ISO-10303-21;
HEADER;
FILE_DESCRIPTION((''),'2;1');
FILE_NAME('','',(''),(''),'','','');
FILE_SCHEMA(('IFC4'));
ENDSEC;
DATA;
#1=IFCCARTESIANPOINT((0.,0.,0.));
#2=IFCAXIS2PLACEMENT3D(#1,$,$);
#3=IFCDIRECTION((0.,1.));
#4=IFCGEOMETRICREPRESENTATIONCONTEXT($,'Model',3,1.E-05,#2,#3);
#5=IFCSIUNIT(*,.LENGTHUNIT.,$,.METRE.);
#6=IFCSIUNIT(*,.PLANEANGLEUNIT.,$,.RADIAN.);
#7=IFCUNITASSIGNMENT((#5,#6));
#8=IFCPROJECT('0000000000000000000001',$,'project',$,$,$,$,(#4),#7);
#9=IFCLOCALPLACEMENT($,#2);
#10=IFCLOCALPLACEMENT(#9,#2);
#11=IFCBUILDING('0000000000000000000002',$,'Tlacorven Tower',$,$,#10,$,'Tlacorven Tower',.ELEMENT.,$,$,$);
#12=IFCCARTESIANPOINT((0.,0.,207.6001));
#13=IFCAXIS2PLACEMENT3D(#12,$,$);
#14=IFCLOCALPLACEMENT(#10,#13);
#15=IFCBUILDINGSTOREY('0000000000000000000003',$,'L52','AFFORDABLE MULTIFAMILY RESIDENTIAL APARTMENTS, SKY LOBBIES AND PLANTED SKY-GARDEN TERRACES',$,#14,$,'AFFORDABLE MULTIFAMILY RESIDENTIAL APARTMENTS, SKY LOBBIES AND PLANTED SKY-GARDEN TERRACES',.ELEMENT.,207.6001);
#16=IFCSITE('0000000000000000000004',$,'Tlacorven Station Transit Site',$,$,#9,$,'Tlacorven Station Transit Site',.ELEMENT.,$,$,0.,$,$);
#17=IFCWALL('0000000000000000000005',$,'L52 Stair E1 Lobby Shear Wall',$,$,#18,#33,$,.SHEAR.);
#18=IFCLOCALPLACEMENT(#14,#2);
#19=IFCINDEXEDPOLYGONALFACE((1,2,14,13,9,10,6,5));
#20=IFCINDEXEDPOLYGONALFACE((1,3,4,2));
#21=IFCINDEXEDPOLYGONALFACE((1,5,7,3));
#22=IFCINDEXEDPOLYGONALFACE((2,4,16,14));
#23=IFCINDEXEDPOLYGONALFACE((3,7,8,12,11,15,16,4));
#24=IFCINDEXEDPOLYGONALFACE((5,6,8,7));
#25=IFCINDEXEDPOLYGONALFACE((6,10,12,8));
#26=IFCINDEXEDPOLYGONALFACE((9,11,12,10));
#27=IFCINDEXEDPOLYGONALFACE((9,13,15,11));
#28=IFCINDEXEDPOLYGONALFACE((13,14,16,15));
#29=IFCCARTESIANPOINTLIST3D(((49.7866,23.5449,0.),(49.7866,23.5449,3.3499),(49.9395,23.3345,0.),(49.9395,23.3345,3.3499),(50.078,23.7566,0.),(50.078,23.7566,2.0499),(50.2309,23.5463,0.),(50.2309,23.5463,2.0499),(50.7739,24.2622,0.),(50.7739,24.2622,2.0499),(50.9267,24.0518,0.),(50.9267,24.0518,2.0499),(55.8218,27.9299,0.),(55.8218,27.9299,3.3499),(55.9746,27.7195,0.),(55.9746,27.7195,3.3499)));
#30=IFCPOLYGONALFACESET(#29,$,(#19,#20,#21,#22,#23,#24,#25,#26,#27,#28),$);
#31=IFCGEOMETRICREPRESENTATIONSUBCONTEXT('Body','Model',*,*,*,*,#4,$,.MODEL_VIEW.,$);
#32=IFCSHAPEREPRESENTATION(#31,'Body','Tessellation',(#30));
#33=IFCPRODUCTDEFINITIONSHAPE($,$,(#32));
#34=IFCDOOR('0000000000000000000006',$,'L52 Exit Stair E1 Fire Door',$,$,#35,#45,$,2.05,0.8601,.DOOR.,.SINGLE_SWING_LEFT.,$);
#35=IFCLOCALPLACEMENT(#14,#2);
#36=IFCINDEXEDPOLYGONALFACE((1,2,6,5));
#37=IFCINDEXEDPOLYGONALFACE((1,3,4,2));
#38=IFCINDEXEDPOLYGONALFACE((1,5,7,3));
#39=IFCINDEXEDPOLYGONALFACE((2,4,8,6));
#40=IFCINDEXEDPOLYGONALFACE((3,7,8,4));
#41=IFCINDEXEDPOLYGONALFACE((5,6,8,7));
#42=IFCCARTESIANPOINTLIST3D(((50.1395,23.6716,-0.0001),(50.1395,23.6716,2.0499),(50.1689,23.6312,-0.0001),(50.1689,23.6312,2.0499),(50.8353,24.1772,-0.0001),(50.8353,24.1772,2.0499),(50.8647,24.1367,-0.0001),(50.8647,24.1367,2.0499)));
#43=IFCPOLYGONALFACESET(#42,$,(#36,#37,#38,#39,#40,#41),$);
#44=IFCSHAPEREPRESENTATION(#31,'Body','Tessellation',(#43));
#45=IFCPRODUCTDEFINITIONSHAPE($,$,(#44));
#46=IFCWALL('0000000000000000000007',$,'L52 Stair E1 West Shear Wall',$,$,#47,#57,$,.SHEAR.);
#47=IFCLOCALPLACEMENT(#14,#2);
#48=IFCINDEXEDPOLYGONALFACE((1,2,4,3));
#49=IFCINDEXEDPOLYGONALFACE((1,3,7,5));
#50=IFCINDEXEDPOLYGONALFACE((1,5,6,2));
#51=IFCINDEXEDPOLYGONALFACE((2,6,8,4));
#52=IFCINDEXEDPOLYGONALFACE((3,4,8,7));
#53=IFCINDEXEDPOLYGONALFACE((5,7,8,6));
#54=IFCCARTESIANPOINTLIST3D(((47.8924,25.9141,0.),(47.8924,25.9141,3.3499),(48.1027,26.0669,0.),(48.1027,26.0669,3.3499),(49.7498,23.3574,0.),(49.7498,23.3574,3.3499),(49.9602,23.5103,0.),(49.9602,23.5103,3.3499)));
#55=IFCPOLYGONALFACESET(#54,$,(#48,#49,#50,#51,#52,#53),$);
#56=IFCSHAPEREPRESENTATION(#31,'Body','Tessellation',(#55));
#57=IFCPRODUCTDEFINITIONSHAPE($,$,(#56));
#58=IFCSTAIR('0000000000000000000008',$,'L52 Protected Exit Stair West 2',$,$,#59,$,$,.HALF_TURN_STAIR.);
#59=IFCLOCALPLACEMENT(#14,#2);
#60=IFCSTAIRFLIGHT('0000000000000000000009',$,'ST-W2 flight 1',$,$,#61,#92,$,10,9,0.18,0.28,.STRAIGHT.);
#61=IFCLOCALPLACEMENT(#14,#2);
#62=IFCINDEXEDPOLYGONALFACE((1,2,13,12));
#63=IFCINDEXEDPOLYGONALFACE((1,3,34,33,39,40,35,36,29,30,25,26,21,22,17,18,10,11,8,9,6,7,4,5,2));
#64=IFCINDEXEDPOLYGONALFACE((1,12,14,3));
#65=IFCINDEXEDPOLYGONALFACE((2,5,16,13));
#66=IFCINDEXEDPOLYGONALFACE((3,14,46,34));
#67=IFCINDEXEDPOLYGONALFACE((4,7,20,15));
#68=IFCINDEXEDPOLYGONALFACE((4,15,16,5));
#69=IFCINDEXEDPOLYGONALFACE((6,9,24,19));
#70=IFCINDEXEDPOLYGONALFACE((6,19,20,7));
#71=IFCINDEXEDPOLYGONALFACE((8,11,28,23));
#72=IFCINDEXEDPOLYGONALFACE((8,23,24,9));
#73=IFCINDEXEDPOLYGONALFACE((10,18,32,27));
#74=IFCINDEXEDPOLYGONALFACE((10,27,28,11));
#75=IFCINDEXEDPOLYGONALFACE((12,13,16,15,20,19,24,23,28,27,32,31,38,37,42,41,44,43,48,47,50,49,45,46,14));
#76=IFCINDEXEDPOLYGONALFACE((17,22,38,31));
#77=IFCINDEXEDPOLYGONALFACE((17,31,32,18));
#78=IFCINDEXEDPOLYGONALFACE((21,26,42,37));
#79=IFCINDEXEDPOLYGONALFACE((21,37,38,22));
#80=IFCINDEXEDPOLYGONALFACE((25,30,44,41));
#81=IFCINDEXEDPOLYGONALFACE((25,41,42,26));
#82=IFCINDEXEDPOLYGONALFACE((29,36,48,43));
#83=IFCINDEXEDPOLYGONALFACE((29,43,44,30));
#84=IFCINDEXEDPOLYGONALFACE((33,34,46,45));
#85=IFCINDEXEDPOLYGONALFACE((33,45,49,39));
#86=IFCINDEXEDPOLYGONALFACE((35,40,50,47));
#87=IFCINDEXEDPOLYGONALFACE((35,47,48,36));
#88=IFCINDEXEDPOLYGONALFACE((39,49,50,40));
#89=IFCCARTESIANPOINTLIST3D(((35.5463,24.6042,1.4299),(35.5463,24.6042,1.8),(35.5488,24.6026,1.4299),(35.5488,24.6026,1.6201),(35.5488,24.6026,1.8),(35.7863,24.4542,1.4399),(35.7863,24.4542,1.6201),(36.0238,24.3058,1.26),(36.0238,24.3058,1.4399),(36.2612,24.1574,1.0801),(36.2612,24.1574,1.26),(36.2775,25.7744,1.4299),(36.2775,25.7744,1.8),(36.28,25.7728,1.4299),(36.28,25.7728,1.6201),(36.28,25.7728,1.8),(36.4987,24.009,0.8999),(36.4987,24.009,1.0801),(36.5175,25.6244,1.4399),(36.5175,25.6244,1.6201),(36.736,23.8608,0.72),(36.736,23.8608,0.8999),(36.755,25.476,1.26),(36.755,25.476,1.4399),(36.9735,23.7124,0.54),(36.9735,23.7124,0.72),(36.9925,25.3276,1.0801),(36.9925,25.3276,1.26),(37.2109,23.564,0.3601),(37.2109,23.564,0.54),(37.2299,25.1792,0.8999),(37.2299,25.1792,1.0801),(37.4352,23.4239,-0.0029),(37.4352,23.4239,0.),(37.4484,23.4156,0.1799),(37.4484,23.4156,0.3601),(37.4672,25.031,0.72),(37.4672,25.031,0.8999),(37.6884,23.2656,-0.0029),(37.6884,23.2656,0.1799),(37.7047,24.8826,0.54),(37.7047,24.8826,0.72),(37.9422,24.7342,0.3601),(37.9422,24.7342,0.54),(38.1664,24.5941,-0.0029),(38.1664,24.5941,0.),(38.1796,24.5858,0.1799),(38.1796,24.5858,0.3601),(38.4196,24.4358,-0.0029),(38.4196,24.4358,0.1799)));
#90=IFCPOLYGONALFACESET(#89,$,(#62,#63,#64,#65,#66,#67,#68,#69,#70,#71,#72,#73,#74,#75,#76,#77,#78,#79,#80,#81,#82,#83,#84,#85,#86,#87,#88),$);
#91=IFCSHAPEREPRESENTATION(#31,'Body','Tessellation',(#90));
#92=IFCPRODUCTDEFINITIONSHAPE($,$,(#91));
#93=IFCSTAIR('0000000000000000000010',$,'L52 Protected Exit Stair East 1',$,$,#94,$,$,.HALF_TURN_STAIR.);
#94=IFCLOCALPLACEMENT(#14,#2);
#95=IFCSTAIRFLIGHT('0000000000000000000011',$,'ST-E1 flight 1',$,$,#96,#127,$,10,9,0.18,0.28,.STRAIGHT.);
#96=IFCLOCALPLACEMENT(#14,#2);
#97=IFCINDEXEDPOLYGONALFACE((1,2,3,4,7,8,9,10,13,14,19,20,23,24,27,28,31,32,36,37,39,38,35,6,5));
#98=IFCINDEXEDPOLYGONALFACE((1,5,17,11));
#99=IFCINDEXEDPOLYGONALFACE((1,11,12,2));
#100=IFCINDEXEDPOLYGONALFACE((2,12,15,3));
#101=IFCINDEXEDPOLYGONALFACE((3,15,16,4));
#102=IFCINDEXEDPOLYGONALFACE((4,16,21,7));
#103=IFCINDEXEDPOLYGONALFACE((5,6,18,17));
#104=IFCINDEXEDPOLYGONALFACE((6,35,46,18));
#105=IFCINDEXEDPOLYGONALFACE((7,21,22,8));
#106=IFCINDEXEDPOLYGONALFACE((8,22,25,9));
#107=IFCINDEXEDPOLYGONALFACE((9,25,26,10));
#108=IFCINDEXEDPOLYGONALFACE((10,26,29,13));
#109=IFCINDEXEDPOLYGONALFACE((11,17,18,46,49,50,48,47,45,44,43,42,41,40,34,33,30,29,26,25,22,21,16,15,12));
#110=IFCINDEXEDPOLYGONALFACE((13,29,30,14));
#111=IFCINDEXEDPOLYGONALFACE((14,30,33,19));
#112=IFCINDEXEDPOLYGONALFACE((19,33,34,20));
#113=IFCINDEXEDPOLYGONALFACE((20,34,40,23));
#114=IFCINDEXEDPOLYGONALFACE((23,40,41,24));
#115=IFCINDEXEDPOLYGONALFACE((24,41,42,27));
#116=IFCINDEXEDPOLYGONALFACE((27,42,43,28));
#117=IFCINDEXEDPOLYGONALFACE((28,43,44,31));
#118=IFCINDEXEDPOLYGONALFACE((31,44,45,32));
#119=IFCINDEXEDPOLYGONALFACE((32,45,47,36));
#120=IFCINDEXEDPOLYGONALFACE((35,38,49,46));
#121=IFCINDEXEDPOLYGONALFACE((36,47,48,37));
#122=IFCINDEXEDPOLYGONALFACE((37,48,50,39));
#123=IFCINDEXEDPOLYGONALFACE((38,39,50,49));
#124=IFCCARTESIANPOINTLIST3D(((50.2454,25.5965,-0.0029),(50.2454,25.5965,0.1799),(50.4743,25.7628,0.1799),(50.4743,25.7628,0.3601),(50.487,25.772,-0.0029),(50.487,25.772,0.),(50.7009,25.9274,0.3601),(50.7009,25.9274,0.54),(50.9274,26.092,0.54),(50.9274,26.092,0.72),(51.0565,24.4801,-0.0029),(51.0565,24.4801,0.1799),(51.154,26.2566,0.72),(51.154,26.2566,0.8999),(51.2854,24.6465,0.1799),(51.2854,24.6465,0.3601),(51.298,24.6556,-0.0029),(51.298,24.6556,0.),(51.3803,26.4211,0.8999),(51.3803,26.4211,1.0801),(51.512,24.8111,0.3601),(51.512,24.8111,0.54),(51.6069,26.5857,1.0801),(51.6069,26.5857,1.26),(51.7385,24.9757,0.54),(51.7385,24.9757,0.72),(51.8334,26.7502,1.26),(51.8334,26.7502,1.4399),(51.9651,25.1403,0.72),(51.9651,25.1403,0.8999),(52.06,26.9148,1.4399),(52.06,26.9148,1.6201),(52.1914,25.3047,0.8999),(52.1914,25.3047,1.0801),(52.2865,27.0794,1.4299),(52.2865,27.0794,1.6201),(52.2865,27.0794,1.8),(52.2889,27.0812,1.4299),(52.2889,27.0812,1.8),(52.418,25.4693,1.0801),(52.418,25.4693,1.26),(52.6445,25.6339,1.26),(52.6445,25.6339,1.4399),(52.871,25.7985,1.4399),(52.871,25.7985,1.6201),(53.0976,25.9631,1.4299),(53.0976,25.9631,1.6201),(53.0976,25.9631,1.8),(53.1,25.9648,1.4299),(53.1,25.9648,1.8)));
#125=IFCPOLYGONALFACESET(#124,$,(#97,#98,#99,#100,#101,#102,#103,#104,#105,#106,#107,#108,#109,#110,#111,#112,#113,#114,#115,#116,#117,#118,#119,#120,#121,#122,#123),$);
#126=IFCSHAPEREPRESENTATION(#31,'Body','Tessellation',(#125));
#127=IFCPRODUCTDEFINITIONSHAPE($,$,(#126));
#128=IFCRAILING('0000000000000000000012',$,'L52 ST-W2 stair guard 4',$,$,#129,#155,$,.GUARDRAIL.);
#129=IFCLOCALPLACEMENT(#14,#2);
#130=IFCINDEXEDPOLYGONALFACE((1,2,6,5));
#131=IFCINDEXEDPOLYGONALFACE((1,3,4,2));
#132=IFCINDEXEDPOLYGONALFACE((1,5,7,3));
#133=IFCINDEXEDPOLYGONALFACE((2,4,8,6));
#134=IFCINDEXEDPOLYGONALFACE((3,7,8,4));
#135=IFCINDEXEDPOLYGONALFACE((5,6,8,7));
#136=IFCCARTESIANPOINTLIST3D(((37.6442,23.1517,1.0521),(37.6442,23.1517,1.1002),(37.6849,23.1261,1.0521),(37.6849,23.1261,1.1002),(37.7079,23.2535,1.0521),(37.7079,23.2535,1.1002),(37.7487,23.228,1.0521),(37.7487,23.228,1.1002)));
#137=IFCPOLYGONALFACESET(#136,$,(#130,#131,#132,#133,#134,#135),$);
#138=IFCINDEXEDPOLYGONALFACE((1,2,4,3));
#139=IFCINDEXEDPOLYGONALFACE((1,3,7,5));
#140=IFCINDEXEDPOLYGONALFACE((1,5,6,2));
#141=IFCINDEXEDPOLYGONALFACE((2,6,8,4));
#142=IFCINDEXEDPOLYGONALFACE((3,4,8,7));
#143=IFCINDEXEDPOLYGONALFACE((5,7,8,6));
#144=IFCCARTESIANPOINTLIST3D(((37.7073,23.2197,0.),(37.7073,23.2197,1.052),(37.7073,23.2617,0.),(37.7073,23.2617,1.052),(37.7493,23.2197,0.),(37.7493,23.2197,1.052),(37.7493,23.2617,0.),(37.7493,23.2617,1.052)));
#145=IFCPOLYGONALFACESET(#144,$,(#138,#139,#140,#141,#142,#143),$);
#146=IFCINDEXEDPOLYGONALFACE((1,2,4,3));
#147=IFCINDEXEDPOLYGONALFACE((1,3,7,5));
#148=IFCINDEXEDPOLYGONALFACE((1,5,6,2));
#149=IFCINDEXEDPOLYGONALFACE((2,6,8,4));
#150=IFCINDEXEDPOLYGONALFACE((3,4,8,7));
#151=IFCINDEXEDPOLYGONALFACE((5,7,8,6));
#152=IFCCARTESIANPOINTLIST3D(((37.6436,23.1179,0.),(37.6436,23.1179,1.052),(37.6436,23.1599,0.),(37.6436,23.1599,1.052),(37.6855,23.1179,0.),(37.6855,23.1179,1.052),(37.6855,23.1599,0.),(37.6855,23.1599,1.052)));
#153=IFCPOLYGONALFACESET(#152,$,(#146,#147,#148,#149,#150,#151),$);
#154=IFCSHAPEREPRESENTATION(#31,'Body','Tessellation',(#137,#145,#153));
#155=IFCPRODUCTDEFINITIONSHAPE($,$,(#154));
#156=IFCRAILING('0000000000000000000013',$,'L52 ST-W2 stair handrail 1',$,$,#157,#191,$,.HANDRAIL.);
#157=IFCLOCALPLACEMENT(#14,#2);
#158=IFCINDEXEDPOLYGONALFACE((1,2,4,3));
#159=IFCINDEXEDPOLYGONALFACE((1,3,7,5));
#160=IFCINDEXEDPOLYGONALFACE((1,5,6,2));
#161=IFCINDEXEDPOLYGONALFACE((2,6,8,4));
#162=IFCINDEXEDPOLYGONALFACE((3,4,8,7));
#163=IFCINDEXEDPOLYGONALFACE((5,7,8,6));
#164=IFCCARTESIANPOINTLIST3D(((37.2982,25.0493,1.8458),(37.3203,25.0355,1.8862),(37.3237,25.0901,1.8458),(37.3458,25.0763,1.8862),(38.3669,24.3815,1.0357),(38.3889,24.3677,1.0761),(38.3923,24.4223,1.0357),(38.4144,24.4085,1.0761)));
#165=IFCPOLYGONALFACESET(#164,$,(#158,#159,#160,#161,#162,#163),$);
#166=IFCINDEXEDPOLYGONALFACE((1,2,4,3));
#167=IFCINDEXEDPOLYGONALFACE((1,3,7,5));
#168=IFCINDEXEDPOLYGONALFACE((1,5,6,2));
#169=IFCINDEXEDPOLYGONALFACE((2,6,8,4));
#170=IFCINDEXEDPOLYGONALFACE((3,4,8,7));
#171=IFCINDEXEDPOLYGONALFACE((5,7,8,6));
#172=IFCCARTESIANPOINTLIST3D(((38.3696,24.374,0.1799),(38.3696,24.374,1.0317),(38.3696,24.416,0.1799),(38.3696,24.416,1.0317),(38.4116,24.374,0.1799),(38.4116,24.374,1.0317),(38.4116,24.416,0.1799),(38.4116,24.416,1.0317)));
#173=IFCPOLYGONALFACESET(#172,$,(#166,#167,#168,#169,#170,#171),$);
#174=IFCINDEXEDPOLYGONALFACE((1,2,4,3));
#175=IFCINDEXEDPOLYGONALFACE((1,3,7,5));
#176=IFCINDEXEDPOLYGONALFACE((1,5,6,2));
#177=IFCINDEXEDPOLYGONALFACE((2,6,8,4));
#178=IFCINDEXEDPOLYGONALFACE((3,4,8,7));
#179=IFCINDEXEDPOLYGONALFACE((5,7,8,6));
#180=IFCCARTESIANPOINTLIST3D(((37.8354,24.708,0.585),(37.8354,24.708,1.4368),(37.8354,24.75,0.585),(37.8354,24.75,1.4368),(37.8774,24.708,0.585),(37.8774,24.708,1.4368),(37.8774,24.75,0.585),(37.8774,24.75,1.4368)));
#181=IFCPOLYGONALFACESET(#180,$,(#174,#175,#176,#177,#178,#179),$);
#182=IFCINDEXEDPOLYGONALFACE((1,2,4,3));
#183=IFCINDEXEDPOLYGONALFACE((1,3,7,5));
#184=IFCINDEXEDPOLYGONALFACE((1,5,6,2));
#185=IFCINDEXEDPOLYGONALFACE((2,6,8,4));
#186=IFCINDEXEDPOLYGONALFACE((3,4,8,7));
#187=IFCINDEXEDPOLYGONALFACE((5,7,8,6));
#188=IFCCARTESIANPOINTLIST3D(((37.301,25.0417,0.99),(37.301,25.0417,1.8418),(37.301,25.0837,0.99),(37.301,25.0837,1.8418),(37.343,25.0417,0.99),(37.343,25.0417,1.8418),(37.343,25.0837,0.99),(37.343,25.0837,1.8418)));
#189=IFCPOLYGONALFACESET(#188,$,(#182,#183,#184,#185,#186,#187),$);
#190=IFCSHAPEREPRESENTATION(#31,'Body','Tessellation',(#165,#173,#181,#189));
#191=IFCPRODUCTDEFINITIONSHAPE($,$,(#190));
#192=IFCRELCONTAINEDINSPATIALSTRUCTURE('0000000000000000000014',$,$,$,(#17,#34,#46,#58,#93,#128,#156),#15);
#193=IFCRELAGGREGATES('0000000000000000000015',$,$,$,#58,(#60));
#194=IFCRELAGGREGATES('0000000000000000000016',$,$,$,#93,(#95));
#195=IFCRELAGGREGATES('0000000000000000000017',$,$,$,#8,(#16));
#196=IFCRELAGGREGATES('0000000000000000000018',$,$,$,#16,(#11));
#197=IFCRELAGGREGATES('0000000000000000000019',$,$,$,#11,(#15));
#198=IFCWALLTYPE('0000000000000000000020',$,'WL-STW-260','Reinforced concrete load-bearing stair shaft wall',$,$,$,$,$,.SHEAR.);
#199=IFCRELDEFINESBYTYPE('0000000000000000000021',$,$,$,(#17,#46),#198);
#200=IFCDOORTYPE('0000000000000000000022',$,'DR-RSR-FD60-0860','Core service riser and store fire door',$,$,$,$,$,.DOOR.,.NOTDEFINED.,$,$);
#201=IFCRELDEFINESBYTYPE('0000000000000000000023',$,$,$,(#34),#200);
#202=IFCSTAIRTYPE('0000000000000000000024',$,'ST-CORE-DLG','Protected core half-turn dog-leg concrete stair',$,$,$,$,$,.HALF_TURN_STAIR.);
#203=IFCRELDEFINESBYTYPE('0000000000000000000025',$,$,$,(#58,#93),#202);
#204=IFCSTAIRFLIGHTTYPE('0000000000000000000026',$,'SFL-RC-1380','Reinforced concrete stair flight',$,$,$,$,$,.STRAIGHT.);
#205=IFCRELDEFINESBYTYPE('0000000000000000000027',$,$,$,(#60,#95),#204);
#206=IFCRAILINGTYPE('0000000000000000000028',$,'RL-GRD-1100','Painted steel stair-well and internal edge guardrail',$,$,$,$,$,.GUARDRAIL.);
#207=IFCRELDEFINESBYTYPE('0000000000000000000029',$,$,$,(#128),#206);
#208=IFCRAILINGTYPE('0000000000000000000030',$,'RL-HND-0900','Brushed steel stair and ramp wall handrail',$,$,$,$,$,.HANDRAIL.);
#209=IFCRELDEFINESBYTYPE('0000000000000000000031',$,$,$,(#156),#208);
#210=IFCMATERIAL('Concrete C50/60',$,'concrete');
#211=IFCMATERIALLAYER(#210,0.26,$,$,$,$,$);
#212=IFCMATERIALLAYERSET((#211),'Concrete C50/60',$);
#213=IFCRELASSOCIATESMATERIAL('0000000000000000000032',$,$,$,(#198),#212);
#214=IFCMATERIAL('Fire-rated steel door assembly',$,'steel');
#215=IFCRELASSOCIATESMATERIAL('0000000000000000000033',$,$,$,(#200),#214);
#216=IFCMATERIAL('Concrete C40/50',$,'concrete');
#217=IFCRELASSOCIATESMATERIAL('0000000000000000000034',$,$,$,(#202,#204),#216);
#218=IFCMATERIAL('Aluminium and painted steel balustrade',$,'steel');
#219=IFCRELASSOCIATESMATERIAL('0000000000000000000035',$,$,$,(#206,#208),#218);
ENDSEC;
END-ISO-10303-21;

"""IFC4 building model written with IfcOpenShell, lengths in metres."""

from ifc_helpers import new_model, si_unit, direction, frame, frame_2d, origin, origin_2d, place, context, subcontext, project, spatial, polyline, rectangle, outline, extrude, source, transform, mapped, material, layer, layer_set, type_object, element, fill, aggregate, save


model = new_model("IFC4")

# Units and contexts
model_context = context("Model", 3, precision=1e-05, world=origin(), true_north=direction((0.0, 1.0)))
body_context = subcontext(model_context, "Body", "Model", "MODEL_VIEW")
ifc_project = project(units=[si_unit("LENGTHUNIT", "METRE"), si_unit("PLANEANGLEUNIT", "RADIAN")], contexts=[model_context])

# Site, building, storey
site_placement = place(None, origin())
site = spatial("IfcSite", under=ifc_project, at=site_placement, Name="Tlacorven Station Transit Site", LongName="Tlacorven Station Transit Site", CompositionType="ELEMENT", RefElevation=0.0)
building_placement = place(site_placement, origin())
building = spatial("IfcBuilding", under=site, at=building_placement, Name="Tlacorven Tower", LongName="Tlacorven Tower", CompositionType="ELEMENT")
storey_placement = place(building_placement, frame((0.0, 0.0, 207.6001)))
storey = spatial("IfcBuildingStorey", under=building, at=storey_placement, Name="L52", Description="AFFORDABLE MULTIFAMILY RESIDENTIAL APARTMENTS, SKY LOBBIES AND PLANTED SKY-GARDEN TERRACES", LongName="AFFORDABLE MULTIFAMILY RESIDENTIAL APARTMENTS, SKY LOBBIES AND PLANTED SKY-GARDEN TERRACES", CompositionType="ELEMENT", Elevation=207.6001)

# Shared definitions
ifc_material_1 = material(Name="Concrete C50/60", Category="concrete")
ifc_material_2 = material(Name="Concrete C40/50", Category="concrete")
ifc_layer_1 = layer(ifc_material_1, 0.26)
ifc_layer_set_1 = layer_set([ifc_layer_1], Name="Concrete C50/60")
wall_type_1 = type_object("IfcWallType", Name="WL-STW-260", Description="Reinforced concrete load-bearing stair shaft wall", PredefinedType="SHEAR", material=ifc_layer_set_1)

# Wall, opening, door
wall_1_placement = place(storey_placement, frame((49.863, 23.4397, 0.0), z_axis=(0.0, 0.0, 1.0), x_axis=(0.809003, 0.587804, 0.0)))
wall_1 = element("IfcWall", 1, at=wall_1_placement, inside=storey, type_object=wall_type_1, Name="L52 Stair E1 Lobby Shear Wall", PredefinedType="SHEAR", context=body_context, shape_type="SweptSolid", body=[
    extrude(rectangle(XDim=7.46, YDim=0.26, at=frame_2d((3.73, 0.0))), origin(), (0.0, 0.0, 1.0), 3.3499),
])
opening_placement = place(wall_1_placement, frame((0.3601, 0.0, 0.0)))
opening = element("IfcOpeningElement", 2, at=opening_placement, cuts=wall_1, PredefinedType="OPENING", context=body_context, shape_type="SweptSolid", body=[
    extrude(rectangle(XDim=0.8601, YDim=2.05, at=frame_2d((0.4302, 1.0249))), frame((0.0, 0.1401, 0.0), z_axis=(0.0, -1.0, 0.0), x_axis=(1.0, 0.0, 0.0)), (0.0, 0.0, 1.0), 0.28),
])
ifc_material_3 = material(Name="Fire-rated steel door assembly", Category="steel")
door_type = type_object("IfcDoorType", Name="DR-RSR-FD60-0860", Description="Core service riser and store fire door", OperationType="NOTDEFINED", PredefinedType="DOOR", material=ifc_material_3)
shared_shape_1 = source(origin(), body_context, "Body", "SweptSolid", [
    extrude(rectangle(XDim=0.8601, YDim=2.05, at=frame_2d((0.4302, 1.0249))), frame((0.0, 0.0249, 0.0), z_axis=(0.0, -1.0, 0.0), x_axis=(1.0, 0.0, 0.0)), (0.0, 0.0, 1.0), 0.05),
])
door_placement = place(opening_placement, frame((0.8601, 0.0, 0.0), z_axis=(0.0, 0.0, 1.0), x_axis=(-1.0, 0.0, 0.0)))
door = element("IfcDoor", 3, at=door_placement, inside=storey, type_object=door_type, Name="L52 Exit Stair E1 Fire Door", OperationType="SINGLE_SWING_LEFT", OverallHeight=2.05, OverallWidth=0.8601, PredefinedType="DOOR", context=body_context, shape_type="MappedRepresentation", body=[
    mapped(shared_shape_1, transform((0.0, 0.0, 0.0), scale=1.0)),
])
fill(opening, door)

# Wall
wall_2_placement = place(storey_placement, frame((49.855, 23.4338, 0.0), z_axis=(0.0, 0.0, 1.0), x_axis=(-0.587767, 0.80903, 0.0)))
element("IfcWall", 4, at=wall_2_placement, inside=storey, type_object=wall_type_1, Name="L52 Stair E1 West Shear Wall", PredefinedType="SHEAR", context=body_context, shape_type="SweptSolid", body=[
    extrude(rectangle(XDim=3.1602, YDim=0.26, at=frame_2d((1.5801, 0.0))), origin(), (0.0, 0.0, 1.0), 3.3499),
])

# Stairs, stair flights
stair_type = type_object("IfcStairType", Name="ST-CORE-DLG", Description="Protected core half-turn dog-leg concrete stair", PredefinedType="HALF_TURN_STAIR", material=ifc_material_2)
stair_1_placement = place(storey_placement, origin())
stair_1 = element("IfcStair", 5, at=stair_1_placement, inside=storey, type_object=stair_type, Name="L52 Protected Exit Stair West 2", PredefinedType="HALF_TURN_STAIR")
stair_flight_type = type_object("IfcStairFlightType", Name="SFL-RC-1380", Description="Reinforced concrete stair flight", PredefinedType="STRAIGHT", material=ifc_material_2)
shared_shape_2 = source(origin(), body_context, "Body", "SweptSolid", [
    extrude(outline(polyline([(-0.0029, -0.0029), (-0.0029, 0.1799), (0.28, 0.1799), (0.28, 0.3601), (0.5601, 0.3601), (0.5601, 0.54), (0.8401, 0.54), (0.8401, 0.72), (1.1201, 0.72), (1.1201, 0.8999), (1.3999, 0.8999), (1.3999, 1.0801), (1.6799, 1.0801), (1.6799, 1.26), (1.96, 1.26), (1.96, 1.4399), (2.24, 1.4399), (2.24, 1.6201), (2.52, 1.6201), (2.52, 1.8), (2.5229, 1.8), (2.5229, 1.4299), (2.52, 1.4299), (0.2957, 0.0), (0.2957, -0.0029), (-0.0029, -0.0029)])), frame((0.0, 0.6899, 0.0), z_axis=(0.0, -1.0, 0.0), x_axis=(1.0, 0.0, 0.0)), (0.0, 0.0, 1.0), 1.3799),
])
stair_flight_1_placement = place(storey_placement, frame((38.0515, 23.8523, 0.0), z_axis=(0.0, 0.0, 1.0), x_axis=(-0.848048, 0.529919, 0.0)))
stair_flight_1 = element("IfcStairFlight", 6, at=stair_flight_1_placement, type_object=stair_flight_type, Name="ST-W2 flight 1", NumberOfRisers=10, NumberOfTreads=9, PredefinedType="STRAIGHT", RiserHeight=0.18, TreadLength=0.28, context=body_context, shape_type="MappedRepresentation", body=[
    mapped(shared_shape_2, transform((0.0, 0.0, 0.0), scale=1.0)),
])
aggregate(stair_1, [stair_flight_1])
stair_2_placement = place(storey_placement, origin())
stair_2 = element("IfcStair", 7, at=stair_2_placement, inside=storey, type_object=stair_type, Name="L52 Protected Exit Stair East 1", PredefinedType="HALF_TURN_STAIR")
stair_flight_2_placement = place(storey_placement, frame((50.6533, 25.04, 0.0), z_axis=(0.0, 0.0, 1.0), x_axis=(0.809017, 0.587785, 0.0)))
stair_flight_2 = element("IfcStairFlight", 8, at=stair_flight_2_placement, type_object=stair_flight_type, Name="ST-E1 flight 1", NumberOfRisers=10, NumberOfTreads=9, PredefinedType="STRAIGHT", RiserHeight=0.18, TreadLength=0.28, context=body_context, shape_type="MappedRepresentation", body=[
    mapped(shared_shape_2, transform((0.0, 0.0, 0.0), scale=1.0)),
])
aggregate(stair_2, [stair_flight_2])

# Railings
ifc_material_4 = material(Name="Aluminium and painted steel balustrade", Category="steel")
railing_type_1 = type_object("IfcRailingType", Name="RL-GRD-1100", Description="Painted steel stair-well and internal edge guardrail", PredefinedType="GUARDRAIL", material=ifc_material_4)
shared_shape_3 = source(origin(), body_context, "Body", "SweptSolid", [
    extrude(rectangle(XDim=0.0481, YDim=0.0481, at=origin_2d()), frame((0.0, 0.0, 1.0762), z_axis=(-0.530547, -0.847656, 0.0), x_axis=(0.847656, -0.530547, 0.0)), (0.0, 0.0, 1.0), 0.1201),
    extrude(rectangle(XDim=0.042, YDim=0.042, at=origin_2d()), origin(), (0.0, 0.0, 1.0), 1.052),
    extrude(rectangle(XDim=0.042, YDim=0.042, at=origin_2d()), frame((-0.0637, -0.1018, 0.0)), (0.0, 0.0, 1.0), 1.052),
])
railing_1_placement = place(storey_placement, frame((37.7283, 23.2407, 0.0)))
element("IfcRailing", 9, at=railing_1_placement, inside=storey, type_object=railing_type_1, Name="L52 ST-W2 stair guard 4", PredefinedType="GUARDRAIL", context=body_context, shape_type="MappedRepresentation", body=[
    mapped(shared_shape_3, transform((0.0, 0.0, 0.0), scale=1.0)),
])
railing_type_2 = type_object("IfcRailingType", Name="RL-HND-0900", Description="Brushed steel stair and ramp wall handrail", PredefinedType="HANDRAIL", material=ifc_material_4)
shared_shape_4 = source(origin(), body_context, "Body", "SweptSolid", [
    extrude(rectangle(XDim=0.0481, YDim=0.0481, at=origin_2d()), frame((0.0, 0.0, 0.876), z_axis=(-0.71336, 0.445748, 0.540765), x_axis=(-0.529912, -0.848053, 0.0)), (0.0, 0.0, 1.0), 1.498),
    extrude(rectangle(XDim=0.042, YDim=0.042, at=origin_2d()), origin(), (0.0, 0.0, 1.0), 0.8518),
    extrude(rectangle(XDim=0.042, YDim=0.042, at=origin_2d()), frame((-0.5342, 0.334, 0.405)), (0.0, 0.0, 1.0), 0.8518),
    extrude(rectangle(XDim=0.042, YDim=0.042, at=origin_2d()), frame((-1.0686, 0.6677, 0.8101)), (0.0, 0.0, 1.0), 0.8518),
])
railing_2_placement = place(storey_placement, frame((38.3906, 24.395, 0.1799)))
element("IfcRailing", 10, at=railing_2_placement, inside=storey, type_object=railing_type_2, Name="L52 ST-W2 stair handrail 1", PredefinedType="HANDRAIL", context=body_context, shape_type="MappedRepresentation", body=[
    mapped(shared_shape_4, transform((0.0, 0.0, 0.0), scale=1.0)),
])

save(model, "model.ifc")
